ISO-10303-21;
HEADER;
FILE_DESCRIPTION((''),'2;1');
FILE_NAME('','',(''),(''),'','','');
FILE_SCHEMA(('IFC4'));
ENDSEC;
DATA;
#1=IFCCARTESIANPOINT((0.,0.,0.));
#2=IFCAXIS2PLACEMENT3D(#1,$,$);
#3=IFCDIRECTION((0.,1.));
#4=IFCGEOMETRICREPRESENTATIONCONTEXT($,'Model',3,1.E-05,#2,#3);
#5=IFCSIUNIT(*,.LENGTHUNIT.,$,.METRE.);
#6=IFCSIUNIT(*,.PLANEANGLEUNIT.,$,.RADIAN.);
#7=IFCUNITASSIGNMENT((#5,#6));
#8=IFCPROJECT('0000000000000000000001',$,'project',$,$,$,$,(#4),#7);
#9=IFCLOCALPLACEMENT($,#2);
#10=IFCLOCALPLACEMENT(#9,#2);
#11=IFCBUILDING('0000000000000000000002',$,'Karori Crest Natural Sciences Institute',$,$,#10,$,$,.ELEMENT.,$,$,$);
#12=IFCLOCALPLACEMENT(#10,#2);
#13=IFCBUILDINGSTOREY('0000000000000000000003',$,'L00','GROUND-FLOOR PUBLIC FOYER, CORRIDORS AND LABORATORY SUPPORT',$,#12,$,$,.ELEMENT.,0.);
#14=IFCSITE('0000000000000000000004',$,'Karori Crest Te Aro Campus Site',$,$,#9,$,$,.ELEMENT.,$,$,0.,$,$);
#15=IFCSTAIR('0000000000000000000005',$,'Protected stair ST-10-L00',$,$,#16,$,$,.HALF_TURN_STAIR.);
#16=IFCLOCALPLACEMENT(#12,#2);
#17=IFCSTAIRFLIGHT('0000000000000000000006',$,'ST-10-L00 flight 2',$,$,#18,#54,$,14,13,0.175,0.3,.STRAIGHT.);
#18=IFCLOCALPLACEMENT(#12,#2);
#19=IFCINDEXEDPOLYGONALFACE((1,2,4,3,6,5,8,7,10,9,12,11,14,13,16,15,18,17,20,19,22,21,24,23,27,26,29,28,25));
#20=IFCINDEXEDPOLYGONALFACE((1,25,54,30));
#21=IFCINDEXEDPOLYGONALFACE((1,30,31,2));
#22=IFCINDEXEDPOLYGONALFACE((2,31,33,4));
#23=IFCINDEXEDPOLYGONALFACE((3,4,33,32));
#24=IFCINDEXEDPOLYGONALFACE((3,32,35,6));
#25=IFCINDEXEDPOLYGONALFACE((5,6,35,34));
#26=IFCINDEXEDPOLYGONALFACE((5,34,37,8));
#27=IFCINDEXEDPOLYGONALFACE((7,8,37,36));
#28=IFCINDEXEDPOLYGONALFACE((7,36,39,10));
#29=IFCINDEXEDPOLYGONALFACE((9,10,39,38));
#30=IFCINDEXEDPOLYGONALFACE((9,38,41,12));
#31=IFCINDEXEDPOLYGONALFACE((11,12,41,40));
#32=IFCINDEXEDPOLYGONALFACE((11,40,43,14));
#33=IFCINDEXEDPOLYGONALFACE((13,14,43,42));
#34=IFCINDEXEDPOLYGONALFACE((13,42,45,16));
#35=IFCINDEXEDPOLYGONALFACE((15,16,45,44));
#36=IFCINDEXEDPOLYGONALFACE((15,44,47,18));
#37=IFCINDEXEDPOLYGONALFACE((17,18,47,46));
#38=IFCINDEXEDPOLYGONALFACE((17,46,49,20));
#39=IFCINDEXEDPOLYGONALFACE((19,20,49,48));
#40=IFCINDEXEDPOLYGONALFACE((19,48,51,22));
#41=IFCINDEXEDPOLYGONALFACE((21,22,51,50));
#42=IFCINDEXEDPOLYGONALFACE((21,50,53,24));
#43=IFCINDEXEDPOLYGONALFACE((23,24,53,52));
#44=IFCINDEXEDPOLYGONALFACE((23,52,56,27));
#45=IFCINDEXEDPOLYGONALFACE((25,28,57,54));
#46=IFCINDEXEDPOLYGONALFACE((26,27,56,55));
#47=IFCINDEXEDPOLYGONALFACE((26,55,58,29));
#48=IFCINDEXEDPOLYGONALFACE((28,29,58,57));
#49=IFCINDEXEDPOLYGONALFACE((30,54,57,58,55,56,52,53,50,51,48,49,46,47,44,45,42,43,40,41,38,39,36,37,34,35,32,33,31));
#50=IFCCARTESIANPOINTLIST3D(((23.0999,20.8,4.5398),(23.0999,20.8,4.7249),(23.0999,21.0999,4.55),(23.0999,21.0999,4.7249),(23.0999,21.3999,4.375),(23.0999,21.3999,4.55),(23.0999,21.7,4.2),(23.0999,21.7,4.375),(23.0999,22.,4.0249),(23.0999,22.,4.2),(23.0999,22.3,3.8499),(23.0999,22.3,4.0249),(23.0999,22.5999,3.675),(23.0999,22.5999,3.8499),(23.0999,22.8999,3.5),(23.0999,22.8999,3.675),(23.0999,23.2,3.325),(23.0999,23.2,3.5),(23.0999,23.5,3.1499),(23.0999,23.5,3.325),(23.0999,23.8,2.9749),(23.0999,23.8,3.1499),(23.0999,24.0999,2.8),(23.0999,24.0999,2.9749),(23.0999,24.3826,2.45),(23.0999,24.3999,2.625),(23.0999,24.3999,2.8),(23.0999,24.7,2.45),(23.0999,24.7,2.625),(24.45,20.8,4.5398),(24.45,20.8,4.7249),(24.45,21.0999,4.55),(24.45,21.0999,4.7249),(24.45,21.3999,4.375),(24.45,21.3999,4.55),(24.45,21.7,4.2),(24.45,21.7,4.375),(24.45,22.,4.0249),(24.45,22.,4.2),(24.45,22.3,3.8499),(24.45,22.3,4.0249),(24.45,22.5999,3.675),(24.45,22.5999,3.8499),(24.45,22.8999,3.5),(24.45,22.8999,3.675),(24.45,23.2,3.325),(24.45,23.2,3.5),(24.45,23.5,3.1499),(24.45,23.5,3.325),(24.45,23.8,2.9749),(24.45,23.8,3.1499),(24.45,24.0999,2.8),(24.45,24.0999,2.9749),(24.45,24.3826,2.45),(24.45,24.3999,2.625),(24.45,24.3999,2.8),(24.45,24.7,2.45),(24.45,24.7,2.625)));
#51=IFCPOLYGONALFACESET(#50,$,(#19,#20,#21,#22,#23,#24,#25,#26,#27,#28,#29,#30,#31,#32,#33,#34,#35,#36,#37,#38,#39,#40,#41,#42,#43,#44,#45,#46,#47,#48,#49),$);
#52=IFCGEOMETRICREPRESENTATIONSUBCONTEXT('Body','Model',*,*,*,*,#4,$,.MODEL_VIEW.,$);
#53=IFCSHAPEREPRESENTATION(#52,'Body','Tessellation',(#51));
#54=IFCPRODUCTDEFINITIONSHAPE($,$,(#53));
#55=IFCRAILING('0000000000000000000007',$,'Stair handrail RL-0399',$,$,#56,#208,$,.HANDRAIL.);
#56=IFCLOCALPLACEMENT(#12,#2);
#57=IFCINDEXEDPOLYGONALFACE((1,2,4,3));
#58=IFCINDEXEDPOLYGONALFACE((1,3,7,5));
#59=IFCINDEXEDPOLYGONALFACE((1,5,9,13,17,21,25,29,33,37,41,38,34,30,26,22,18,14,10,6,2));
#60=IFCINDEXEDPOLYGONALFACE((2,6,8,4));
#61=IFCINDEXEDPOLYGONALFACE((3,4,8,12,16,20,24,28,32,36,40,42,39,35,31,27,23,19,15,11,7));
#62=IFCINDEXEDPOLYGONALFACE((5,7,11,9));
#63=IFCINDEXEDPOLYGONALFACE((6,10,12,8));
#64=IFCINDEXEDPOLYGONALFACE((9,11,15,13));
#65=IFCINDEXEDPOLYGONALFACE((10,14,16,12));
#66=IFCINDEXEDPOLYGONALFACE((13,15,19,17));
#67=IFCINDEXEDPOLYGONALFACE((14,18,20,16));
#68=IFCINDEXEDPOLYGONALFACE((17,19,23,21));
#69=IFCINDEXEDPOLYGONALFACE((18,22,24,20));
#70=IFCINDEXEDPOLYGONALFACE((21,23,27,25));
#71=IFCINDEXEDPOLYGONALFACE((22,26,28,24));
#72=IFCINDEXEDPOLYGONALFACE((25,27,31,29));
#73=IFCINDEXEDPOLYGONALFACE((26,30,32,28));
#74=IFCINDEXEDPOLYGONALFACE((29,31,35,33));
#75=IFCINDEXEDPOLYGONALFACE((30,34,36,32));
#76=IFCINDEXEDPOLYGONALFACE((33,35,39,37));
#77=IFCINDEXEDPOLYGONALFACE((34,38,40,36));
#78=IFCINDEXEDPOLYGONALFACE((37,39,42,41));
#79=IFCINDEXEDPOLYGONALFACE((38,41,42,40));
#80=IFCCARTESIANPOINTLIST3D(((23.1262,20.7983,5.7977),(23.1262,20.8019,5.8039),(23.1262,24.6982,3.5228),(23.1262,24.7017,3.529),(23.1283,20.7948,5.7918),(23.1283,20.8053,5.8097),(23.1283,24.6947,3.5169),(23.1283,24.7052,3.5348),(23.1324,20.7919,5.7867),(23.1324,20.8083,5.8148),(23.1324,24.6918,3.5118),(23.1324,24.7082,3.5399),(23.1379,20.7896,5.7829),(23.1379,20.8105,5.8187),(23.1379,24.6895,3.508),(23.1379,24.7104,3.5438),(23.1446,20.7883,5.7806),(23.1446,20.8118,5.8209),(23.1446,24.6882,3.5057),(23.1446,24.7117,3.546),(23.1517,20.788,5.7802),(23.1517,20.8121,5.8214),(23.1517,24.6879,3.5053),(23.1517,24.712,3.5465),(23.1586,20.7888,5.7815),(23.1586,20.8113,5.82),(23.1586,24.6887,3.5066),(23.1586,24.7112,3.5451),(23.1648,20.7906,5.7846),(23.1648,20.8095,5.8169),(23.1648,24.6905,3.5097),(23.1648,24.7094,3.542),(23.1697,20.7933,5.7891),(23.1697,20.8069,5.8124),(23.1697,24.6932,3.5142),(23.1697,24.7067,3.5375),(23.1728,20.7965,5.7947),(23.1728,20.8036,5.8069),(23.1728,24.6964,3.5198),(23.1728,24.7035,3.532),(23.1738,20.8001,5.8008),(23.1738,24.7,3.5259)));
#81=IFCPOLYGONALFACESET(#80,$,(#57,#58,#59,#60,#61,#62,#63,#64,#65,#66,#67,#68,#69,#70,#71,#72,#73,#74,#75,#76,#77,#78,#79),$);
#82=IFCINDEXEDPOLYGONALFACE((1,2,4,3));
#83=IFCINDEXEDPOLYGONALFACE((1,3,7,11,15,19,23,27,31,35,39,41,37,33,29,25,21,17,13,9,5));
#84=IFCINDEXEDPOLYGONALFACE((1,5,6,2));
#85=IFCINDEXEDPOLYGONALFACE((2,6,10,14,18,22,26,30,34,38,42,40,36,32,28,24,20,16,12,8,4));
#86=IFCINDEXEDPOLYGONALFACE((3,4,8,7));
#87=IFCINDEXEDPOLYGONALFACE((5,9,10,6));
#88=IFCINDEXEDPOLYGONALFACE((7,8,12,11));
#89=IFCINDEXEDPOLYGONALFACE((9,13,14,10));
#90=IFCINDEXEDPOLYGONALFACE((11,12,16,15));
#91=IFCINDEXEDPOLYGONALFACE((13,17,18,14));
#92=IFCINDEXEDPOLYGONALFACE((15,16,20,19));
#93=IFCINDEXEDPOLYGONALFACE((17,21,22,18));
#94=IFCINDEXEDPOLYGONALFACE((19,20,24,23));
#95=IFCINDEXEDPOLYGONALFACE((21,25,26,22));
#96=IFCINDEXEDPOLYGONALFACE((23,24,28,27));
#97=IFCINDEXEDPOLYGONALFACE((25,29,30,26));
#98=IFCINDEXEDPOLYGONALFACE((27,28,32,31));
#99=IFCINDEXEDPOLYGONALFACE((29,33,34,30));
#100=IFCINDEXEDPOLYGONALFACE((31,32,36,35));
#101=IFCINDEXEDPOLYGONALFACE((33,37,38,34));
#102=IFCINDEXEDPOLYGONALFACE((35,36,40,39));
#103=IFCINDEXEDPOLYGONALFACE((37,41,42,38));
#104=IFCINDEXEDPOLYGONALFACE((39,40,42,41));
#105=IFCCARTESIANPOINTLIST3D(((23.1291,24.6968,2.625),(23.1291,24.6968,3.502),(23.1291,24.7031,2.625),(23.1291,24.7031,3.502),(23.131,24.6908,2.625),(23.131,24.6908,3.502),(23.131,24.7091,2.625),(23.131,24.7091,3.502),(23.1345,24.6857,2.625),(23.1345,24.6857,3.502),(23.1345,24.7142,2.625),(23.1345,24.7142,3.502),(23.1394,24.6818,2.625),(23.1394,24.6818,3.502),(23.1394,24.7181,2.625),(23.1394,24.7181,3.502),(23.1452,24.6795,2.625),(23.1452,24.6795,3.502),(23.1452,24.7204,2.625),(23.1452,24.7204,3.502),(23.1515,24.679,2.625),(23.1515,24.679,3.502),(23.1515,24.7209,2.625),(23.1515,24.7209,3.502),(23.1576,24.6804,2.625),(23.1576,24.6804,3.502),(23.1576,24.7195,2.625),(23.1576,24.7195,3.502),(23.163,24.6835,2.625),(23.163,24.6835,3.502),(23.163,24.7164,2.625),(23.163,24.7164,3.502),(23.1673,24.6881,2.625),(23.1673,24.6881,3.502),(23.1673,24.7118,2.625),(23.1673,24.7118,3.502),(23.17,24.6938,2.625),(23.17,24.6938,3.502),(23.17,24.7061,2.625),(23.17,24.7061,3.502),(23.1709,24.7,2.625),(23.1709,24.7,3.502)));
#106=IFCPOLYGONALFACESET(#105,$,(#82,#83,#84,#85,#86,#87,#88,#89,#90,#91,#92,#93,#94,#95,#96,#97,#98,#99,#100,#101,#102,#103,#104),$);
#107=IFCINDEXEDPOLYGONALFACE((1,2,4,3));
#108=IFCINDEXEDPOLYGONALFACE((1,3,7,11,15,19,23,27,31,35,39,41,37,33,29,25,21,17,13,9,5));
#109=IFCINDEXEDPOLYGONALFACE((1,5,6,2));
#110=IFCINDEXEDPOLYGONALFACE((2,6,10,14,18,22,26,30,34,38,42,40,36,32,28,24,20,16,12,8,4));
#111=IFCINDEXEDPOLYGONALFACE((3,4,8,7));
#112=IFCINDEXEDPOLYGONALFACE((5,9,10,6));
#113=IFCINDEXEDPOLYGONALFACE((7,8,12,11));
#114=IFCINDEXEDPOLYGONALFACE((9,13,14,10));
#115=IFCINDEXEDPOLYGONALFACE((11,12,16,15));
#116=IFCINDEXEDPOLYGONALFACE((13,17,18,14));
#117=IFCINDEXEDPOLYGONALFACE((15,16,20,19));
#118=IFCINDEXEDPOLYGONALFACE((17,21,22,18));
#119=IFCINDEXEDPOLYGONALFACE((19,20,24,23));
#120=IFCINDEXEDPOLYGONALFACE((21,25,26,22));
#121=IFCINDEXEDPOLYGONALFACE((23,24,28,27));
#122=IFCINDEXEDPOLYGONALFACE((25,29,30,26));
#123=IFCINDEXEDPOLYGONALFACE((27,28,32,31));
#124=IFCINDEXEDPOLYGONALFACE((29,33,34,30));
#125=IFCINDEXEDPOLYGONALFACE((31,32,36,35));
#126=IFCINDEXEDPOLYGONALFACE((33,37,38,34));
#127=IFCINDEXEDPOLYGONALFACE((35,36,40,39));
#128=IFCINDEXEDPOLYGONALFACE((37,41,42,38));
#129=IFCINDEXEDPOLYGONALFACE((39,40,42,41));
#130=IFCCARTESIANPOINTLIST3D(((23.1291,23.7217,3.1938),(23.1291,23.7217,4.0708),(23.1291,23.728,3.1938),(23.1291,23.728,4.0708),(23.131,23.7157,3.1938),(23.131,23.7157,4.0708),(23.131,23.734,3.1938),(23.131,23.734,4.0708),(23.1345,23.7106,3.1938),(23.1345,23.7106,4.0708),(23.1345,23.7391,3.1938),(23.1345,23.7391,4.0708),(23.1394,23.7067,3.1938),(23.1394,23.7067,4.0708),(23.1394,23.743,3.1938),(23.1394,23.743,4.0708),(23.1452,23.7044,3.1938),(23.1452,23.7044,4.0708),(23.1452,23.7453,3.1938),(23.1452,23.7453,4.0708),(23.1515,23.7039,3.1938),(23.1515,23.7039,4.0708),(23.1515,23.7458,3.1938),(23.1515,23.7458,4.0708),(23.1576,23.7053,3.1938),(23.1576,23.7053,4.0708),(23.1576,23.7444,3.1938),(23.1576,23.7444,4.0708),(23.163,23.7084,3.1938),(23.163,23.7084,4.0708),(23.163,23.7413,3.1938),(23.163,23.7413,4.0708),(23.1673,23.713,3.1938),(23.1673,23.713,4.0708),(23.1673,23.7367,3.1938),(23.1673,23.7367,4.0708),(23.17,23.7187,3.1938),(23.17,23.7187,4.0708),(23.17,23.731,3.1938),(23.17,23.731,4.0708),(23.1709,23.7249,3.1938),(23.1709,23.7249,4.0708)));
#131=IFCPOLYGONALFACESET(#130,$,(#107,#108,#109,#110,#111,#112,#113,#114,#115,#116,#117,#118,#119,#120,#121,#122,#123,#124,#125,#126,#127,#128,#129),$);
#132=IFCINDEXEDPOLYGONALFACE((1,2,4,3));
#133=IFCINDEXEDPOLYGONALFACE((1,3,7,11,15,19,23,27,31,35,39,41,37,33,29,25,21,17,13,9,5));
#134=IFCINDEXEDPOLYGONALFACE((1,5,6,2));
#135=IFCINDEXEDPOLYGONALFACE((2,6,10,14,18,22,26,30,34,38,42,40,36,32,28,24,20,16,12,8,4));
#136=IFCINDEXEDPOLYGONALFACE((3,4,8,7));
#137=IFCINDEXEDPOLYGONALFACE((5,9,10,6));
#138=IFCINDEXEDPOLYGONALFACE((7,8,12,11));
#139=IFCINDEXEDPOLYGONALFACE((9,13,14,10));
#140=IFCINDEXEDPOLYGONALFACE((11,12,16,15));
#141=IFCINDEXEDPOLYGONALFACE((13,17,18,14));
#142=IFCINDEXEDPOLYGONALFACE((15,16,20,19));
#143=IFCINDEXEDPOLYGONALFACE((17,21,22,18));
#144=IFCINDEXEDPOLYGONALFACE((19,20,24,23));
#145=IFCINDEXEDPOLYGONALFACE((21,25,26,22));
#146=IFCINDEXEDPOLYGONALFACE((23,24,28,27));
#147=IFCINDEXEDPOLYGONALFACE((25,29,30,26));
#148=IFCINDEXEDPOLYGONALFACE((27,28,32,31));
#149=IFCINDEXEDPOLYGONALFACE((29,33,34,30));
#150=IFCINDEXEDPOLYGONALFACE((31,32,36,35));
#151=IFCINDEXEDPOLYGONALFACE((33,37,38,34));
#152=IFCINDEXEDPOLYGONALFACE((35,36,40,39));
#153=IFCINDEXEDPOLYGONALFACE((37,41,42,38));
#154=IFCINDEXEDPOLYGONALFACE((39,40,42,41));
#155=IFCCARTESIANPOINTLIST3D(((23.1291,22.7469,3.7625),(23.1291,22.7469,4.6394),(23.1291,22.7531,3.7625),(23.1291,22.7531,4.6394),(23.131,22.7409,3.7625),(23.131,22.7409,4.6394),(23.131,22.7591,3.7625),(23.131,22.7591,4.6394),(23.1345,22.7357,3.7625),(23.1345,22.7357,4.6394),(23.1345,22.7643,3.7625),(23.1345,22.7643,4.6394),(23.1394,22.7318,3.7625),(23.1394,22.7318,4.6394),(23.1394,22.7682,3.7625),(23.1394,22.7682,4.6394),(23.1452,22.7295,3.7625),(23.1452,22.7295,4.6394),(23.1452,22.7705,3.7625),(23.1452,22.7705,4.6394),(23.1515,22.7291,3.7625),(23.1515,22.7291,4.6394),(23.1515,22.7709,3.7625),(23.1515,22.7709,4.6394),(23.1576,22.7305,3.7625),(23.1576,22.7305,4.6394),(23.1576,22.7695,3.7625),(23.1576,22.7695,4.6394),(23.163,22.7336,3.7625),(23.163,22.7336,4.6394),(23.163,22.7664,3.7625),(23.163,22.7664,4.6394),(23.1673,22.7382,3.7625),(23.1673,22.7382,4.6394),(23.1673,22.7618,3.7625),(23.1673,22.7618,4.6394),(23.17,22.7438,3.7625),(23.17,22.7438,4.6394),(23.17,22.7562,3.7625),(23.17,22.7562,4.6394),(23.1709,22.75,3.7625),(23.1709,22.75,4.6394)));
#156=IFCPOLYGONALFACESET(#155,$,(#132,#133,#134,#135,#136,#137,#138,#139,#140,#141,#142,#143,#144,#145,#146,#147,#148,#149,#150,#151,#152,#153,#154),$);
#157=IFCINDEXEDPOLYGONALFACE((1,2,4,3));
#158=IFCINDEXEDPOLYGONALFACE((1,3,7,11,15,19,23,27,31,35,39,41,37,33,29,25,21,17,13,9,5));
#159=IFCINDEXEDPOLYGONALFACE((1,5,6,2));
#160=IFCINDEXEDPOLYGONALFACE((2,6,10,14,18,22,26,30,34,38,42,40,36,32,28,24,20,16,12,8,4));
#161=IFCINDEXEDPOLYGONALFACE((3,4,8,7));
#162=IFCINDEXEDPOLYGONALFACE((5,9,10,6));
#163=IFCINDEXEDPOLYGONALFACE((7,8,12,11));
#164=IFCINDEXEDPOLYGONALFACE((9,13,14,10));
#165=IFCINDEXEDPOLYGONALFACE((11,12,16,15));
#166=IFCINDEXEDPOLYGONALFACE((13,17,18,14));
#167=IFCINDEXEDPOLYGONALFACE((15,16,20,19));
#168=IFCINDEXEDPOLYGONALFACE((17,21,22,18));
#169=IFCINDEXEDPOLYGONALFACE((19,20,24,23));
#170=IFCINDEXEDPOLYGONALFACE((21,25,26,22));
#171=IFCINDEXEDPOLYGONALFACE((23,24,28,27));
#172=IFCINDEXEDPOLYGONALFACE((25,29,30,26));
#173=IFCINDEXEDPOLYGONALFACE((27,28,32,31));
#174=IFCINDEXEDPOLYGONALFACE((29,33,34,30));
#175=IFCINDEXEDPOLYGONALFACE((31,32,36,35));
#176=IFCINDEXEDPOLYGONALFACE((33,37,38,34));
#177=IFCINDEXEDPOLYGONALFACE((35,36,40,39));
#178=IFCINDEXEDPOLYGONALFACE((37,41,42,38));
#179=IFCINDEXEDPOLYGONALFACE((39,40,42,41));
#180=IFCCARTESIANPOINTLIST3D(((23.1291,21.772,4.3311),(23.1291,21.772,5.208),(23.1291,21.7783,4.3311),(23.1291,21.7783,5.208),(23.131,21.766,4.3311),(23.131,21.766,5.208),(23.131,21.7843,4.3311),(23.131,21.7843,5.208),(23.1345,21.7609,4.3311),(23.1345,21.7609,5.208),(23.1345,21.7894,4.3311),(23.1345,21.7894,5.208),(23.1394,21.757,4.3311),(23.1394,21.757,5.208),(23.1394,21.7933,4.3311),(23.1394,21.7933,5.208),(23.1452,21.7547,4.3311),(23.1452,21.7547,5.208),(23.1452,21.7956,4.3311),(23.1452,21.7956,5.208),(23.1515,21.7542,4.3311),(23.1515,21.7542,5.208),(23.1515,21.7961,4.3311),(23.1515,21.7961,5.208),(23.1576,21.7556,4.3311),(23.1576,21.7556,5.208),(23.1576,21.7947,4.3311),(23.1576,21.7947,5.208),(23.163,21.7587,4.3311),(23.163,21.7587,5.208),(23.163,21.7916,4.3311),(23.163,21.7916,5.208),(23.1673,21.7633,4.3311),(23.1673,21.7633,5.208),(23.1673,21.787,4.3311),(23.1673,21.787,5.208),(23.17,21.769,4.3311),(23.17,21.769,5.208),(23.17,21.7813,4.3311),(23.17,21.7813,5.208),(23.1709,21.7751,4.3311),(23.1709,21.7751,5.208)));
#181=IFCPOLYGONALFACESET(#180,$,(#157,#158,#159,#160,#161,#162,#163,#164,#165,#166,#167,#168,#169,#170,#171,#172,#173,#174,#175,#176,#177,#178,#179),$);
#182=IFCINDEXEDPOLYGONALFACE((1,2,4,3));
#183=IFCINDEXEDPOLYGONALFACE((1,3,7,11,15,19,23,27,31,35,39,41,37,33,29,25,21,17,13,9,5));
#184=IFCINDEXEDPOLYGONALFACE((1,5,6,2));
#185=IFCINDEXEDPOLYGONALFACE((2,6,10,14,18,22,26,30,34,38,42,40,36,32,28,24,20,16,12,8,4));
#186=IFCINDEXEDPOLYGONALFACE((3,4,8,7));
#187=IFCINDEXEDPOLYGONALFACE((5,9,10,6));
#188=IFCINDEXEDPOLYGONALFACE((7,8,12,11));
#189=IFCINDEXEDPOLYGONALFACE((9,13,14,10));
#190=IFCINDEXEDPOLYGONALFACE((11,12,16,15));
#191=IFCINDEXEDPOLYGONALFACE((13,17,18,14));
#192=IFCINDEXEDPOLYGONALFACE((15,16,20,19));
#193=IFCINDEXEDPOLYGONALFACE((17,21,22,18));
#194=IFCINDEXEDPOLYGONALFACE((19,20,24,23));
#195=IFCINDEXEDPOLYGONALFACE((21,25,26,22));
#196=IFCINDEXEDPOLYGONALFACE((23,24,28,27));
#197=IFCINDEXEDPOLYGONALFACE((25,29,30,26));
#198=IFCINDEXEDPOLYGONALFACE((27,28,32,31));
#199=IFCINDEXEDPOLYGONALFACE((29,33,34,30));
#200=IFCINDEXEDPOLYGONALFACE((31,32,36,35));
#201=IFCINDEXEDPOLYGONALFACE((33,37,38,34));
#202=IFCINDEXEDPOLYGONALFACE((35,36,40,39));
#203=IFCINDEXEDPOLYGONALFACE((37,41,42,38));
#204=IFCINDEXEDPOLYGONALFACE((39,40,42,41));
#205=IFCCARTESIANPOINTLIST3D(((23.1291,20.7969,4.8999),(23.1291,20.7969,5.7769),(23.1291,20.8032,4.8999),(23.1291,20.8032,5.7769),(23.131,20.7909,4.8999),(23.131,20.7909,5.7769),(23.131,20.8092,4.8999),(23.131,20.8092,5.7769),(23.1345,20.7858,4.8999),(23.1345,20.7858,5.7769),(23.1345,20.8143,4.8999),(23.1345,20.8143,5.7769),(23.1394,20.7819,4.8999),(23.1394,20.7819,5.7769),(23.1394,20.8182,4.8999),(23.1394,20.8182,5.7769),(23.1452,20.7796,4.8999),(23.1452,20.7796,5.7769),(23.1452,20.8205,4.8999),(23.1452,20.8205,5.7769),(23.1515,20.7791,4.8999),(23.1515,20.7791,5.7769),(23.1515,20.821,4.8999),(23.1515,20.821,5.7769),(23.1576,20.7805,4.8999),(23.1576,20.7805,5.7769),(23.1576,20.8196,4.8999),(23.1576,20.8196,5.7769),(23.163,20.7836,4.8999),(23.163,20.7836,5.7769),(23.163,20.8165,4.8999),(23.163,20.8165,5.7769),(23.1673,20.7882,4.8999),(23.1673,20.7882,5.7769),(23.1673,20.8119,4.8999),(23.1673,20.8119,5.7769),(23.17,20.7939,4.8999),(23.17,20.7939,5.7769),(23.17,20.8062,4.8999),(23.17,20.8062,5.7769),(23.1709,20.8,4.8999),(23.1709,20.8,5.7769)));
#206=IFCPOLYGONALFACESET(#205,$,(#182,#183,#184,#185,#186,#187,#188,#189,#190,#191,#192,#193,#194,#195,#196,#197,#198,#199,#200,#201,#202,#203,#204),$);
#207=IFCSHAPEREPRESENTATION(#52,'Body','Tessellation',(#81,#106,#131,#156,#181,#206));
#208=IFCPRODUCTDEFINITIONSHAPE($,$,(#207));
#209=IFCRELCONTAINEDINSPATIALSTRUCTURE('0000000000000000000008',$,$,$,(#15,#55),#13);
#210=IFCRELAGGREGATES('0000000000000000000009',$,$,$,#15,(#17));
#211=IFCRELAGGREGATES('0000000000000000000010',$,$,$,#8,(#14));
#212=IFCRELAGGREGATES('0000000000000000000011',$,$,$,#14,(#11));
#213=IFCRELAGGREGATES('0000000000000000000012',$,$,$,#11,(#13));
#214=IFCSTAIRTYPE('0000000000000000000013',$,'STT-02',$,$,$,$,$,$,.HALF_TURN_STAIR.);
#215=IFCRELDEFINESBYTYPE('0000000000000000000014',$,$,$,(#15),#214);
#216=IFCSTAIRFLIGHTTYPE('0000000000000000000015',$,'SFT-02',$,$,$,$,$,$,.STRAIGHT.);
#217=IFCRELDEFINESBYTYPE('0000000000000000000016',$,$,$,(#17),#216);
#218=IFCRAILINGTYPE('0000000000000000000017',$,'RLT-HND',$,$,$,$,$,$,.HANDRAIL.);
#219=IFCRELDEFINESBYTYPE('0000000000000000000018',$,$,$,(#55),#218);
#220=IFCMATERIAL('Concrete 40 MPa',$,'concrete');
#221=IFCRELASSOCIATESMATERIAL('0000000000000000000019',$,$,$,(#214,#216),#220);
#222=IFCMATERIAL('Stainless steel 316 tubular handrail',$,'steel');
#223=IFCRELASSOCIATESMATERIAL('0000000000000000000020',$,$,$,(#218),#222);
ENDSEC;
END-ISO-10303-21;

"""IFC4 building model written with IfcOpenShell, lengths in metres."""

from ifc_helpers import new_model, si_unit, direction, frame, origin, origin_2d, place, context, subcontext, project, spatial, polyline, circle, outline, extrude, material, type_object, element, aggregate, save


model = new_model("IFC4")

# Units and contexts
model_context = context("Model", 3, precision=1e-05, world=origin(), true_north=direction((0.0, 1.0)))
body_context = subcontext(model_context, "Body", "Model", "MODEL_VIEW")
ifc_project = project(units=[si_unit("LENGTHUNIT", "METRE"), si_unit("PLANEANGLEUNIT", "RADIAN")], contexts=[model_context])

# Site, building, storey
site_placement = place(None, origin())
site = spatial("IfcSite", under=ifc_project, at=site_placement, Name="Karori Crest Te Aro Campus Site", CompositionType="ELEMENT", RefElevation=0.0)
building_placement = place(site_placement, origin())
building = spatial("IfcBuilding", under=site, at=building_placement, Name="Karori Crest Natural Sciences Institute", CompositionType="ELEMENT")
storey_placement = place(building_placement, origin())
storey = spatial("IfcBuildingStorey", under=building, at=storey_placement, Name="L00", Description="GROUND-FLOOR PUBLIC FOYER, CORRIDORS AND LABORATORY SUPPORT", CompositionType="ELEMENT", Elevation=0.0)

# Stair, stair flight
ifc_material_1 = material(Name="Concrete 40 MPa", Category="concrete")
stair_type = type_object("IfcStairType", Name="STT-02", PredefinedType="HALF_TURN_STAIR", material=ifc_material_1)
stair_placement = place(storey_placement, origin())
stair = element("IfcStair", 1, at=stair_placement, inside=storey, type_object=stair_type, Name="Protected stair ST-10-L00", PredefinedType="HALF_TURN_STAIR")
stair_flight_type = type_object("IfcStairFlightType", Name="SFT-02", PredefinedType="STRAIGHT", material=ifc_material_1)
stair_flight_placement = place(storey_placement, frame((23.7749, 24.7, 2.45), z_axis=(0.0, 0.0, 1.0), x_axis=(0.0, -1.0, 0.0)))
stair_flight = element("IfcStairFlight", 2, at=stair_flight_placement, type_object=stair_flight_type, Name="ST-10-L00 flight 2", NumberOfRisers=14, NumberOfTreads=13, PredefinedType="STRAIGHT", RiserHeight=0.175, TreadLength=0.3, context=body_context, shape_type="SweptSolid", body=[
    extrude(outline(polyline([(0.0, 0.0), (0.0, 0.175), (0.3, 0.175), (0.3, 0.3501), (0.6001, 0.3501), (0.6001, 0.5249), (0.8999, 0.5249), (0.8999, 0.7), (1.2, 0.7), (1.2, 0.875), (1.5, 0.875), (1.5, 1.05), (1.8, 1.05), (1.8, 1.2251), (2.1001, 1.2251), (2.1001, 1.3999), (2.3999, 1.3999), (2.3999, 1.575), (2.7, 1.575), (2.7, 1.75), (3.0, 1.75), (3.0, 1.925), (3.3, 1.925), (3.3, 2.1001), (3.6001, 2.1001), (3.6001, 2.2749), (3.8999, 2.2749), (3.8999, 2.45), (3.8999, 2.0898), (0.3174, 0.0), (0.0, 0.0)])), frame((0.0, 0.675, 0.0), z_axis=(0.0, -1.0, 0.0), x_axis=(1.0, 0.0, 0.0)), (0.0, 0.0, 1.0), 1.3501),
])
aggregate(stair, [stair_flight])

# Railing
ifc_material_2 = material(Name="Stainless steel 316 tubular handrail", Category="steel")
railing_type_1 = type_object("IfcRailingType", Name="RLT-HND", PredefinedType="HANDRAIL", material=ifc_material_2)
railing_1_placement = place(storey_placement, frame((23.1499, 24.7, 2.625)))
element("IfcRailing", 3, at=railing_1_placement, inside=storey, type_object=railing_type_1, Name="Stair handrail RL-0399", PredefinedType="HANDRAIL", context=body_context, shape_type="SweptSolid", body=[
    extrude(circle(Radius=0.0239, at=origin_2d()), frame((0.0, 0.0, 0.9009), z_axis=(0.0, -0.863783, 0.503864), x_axis=(1.0, 0.0, 0.0)), (0.0, 0.0, 1.0), 4.5149),
    extrude(circle(Radius=0.021, at=origin_2d()), origin(), (0.0, 0.0, 1.0), 0.877),
    extrude(circle(Radius=0.021, at=origin_2d()), frame((0.0, -0.9751, 0.5688)), (0.0, 0.0, 1.0), 0.877),
    extrude(circle(Radius=0.021, at=origin_2d()), frame((0.0, -1.95, 1.1375)), (0.0, 0.0, 1.0), 0.877),
    extrude(circle(Radius=0.021, at=origin_2d()), frame((0.0, -2.9248, 1.7061)), (0.0, 0.0, 1.0), 0.877),
    extrude(circle(Radius=0.021, at=origin_2d()), frame((0.0, -3.8999, 2.2749)), (0.0, 0.0, 1.0), 0.877),
])

save(model, "model.ifc")
